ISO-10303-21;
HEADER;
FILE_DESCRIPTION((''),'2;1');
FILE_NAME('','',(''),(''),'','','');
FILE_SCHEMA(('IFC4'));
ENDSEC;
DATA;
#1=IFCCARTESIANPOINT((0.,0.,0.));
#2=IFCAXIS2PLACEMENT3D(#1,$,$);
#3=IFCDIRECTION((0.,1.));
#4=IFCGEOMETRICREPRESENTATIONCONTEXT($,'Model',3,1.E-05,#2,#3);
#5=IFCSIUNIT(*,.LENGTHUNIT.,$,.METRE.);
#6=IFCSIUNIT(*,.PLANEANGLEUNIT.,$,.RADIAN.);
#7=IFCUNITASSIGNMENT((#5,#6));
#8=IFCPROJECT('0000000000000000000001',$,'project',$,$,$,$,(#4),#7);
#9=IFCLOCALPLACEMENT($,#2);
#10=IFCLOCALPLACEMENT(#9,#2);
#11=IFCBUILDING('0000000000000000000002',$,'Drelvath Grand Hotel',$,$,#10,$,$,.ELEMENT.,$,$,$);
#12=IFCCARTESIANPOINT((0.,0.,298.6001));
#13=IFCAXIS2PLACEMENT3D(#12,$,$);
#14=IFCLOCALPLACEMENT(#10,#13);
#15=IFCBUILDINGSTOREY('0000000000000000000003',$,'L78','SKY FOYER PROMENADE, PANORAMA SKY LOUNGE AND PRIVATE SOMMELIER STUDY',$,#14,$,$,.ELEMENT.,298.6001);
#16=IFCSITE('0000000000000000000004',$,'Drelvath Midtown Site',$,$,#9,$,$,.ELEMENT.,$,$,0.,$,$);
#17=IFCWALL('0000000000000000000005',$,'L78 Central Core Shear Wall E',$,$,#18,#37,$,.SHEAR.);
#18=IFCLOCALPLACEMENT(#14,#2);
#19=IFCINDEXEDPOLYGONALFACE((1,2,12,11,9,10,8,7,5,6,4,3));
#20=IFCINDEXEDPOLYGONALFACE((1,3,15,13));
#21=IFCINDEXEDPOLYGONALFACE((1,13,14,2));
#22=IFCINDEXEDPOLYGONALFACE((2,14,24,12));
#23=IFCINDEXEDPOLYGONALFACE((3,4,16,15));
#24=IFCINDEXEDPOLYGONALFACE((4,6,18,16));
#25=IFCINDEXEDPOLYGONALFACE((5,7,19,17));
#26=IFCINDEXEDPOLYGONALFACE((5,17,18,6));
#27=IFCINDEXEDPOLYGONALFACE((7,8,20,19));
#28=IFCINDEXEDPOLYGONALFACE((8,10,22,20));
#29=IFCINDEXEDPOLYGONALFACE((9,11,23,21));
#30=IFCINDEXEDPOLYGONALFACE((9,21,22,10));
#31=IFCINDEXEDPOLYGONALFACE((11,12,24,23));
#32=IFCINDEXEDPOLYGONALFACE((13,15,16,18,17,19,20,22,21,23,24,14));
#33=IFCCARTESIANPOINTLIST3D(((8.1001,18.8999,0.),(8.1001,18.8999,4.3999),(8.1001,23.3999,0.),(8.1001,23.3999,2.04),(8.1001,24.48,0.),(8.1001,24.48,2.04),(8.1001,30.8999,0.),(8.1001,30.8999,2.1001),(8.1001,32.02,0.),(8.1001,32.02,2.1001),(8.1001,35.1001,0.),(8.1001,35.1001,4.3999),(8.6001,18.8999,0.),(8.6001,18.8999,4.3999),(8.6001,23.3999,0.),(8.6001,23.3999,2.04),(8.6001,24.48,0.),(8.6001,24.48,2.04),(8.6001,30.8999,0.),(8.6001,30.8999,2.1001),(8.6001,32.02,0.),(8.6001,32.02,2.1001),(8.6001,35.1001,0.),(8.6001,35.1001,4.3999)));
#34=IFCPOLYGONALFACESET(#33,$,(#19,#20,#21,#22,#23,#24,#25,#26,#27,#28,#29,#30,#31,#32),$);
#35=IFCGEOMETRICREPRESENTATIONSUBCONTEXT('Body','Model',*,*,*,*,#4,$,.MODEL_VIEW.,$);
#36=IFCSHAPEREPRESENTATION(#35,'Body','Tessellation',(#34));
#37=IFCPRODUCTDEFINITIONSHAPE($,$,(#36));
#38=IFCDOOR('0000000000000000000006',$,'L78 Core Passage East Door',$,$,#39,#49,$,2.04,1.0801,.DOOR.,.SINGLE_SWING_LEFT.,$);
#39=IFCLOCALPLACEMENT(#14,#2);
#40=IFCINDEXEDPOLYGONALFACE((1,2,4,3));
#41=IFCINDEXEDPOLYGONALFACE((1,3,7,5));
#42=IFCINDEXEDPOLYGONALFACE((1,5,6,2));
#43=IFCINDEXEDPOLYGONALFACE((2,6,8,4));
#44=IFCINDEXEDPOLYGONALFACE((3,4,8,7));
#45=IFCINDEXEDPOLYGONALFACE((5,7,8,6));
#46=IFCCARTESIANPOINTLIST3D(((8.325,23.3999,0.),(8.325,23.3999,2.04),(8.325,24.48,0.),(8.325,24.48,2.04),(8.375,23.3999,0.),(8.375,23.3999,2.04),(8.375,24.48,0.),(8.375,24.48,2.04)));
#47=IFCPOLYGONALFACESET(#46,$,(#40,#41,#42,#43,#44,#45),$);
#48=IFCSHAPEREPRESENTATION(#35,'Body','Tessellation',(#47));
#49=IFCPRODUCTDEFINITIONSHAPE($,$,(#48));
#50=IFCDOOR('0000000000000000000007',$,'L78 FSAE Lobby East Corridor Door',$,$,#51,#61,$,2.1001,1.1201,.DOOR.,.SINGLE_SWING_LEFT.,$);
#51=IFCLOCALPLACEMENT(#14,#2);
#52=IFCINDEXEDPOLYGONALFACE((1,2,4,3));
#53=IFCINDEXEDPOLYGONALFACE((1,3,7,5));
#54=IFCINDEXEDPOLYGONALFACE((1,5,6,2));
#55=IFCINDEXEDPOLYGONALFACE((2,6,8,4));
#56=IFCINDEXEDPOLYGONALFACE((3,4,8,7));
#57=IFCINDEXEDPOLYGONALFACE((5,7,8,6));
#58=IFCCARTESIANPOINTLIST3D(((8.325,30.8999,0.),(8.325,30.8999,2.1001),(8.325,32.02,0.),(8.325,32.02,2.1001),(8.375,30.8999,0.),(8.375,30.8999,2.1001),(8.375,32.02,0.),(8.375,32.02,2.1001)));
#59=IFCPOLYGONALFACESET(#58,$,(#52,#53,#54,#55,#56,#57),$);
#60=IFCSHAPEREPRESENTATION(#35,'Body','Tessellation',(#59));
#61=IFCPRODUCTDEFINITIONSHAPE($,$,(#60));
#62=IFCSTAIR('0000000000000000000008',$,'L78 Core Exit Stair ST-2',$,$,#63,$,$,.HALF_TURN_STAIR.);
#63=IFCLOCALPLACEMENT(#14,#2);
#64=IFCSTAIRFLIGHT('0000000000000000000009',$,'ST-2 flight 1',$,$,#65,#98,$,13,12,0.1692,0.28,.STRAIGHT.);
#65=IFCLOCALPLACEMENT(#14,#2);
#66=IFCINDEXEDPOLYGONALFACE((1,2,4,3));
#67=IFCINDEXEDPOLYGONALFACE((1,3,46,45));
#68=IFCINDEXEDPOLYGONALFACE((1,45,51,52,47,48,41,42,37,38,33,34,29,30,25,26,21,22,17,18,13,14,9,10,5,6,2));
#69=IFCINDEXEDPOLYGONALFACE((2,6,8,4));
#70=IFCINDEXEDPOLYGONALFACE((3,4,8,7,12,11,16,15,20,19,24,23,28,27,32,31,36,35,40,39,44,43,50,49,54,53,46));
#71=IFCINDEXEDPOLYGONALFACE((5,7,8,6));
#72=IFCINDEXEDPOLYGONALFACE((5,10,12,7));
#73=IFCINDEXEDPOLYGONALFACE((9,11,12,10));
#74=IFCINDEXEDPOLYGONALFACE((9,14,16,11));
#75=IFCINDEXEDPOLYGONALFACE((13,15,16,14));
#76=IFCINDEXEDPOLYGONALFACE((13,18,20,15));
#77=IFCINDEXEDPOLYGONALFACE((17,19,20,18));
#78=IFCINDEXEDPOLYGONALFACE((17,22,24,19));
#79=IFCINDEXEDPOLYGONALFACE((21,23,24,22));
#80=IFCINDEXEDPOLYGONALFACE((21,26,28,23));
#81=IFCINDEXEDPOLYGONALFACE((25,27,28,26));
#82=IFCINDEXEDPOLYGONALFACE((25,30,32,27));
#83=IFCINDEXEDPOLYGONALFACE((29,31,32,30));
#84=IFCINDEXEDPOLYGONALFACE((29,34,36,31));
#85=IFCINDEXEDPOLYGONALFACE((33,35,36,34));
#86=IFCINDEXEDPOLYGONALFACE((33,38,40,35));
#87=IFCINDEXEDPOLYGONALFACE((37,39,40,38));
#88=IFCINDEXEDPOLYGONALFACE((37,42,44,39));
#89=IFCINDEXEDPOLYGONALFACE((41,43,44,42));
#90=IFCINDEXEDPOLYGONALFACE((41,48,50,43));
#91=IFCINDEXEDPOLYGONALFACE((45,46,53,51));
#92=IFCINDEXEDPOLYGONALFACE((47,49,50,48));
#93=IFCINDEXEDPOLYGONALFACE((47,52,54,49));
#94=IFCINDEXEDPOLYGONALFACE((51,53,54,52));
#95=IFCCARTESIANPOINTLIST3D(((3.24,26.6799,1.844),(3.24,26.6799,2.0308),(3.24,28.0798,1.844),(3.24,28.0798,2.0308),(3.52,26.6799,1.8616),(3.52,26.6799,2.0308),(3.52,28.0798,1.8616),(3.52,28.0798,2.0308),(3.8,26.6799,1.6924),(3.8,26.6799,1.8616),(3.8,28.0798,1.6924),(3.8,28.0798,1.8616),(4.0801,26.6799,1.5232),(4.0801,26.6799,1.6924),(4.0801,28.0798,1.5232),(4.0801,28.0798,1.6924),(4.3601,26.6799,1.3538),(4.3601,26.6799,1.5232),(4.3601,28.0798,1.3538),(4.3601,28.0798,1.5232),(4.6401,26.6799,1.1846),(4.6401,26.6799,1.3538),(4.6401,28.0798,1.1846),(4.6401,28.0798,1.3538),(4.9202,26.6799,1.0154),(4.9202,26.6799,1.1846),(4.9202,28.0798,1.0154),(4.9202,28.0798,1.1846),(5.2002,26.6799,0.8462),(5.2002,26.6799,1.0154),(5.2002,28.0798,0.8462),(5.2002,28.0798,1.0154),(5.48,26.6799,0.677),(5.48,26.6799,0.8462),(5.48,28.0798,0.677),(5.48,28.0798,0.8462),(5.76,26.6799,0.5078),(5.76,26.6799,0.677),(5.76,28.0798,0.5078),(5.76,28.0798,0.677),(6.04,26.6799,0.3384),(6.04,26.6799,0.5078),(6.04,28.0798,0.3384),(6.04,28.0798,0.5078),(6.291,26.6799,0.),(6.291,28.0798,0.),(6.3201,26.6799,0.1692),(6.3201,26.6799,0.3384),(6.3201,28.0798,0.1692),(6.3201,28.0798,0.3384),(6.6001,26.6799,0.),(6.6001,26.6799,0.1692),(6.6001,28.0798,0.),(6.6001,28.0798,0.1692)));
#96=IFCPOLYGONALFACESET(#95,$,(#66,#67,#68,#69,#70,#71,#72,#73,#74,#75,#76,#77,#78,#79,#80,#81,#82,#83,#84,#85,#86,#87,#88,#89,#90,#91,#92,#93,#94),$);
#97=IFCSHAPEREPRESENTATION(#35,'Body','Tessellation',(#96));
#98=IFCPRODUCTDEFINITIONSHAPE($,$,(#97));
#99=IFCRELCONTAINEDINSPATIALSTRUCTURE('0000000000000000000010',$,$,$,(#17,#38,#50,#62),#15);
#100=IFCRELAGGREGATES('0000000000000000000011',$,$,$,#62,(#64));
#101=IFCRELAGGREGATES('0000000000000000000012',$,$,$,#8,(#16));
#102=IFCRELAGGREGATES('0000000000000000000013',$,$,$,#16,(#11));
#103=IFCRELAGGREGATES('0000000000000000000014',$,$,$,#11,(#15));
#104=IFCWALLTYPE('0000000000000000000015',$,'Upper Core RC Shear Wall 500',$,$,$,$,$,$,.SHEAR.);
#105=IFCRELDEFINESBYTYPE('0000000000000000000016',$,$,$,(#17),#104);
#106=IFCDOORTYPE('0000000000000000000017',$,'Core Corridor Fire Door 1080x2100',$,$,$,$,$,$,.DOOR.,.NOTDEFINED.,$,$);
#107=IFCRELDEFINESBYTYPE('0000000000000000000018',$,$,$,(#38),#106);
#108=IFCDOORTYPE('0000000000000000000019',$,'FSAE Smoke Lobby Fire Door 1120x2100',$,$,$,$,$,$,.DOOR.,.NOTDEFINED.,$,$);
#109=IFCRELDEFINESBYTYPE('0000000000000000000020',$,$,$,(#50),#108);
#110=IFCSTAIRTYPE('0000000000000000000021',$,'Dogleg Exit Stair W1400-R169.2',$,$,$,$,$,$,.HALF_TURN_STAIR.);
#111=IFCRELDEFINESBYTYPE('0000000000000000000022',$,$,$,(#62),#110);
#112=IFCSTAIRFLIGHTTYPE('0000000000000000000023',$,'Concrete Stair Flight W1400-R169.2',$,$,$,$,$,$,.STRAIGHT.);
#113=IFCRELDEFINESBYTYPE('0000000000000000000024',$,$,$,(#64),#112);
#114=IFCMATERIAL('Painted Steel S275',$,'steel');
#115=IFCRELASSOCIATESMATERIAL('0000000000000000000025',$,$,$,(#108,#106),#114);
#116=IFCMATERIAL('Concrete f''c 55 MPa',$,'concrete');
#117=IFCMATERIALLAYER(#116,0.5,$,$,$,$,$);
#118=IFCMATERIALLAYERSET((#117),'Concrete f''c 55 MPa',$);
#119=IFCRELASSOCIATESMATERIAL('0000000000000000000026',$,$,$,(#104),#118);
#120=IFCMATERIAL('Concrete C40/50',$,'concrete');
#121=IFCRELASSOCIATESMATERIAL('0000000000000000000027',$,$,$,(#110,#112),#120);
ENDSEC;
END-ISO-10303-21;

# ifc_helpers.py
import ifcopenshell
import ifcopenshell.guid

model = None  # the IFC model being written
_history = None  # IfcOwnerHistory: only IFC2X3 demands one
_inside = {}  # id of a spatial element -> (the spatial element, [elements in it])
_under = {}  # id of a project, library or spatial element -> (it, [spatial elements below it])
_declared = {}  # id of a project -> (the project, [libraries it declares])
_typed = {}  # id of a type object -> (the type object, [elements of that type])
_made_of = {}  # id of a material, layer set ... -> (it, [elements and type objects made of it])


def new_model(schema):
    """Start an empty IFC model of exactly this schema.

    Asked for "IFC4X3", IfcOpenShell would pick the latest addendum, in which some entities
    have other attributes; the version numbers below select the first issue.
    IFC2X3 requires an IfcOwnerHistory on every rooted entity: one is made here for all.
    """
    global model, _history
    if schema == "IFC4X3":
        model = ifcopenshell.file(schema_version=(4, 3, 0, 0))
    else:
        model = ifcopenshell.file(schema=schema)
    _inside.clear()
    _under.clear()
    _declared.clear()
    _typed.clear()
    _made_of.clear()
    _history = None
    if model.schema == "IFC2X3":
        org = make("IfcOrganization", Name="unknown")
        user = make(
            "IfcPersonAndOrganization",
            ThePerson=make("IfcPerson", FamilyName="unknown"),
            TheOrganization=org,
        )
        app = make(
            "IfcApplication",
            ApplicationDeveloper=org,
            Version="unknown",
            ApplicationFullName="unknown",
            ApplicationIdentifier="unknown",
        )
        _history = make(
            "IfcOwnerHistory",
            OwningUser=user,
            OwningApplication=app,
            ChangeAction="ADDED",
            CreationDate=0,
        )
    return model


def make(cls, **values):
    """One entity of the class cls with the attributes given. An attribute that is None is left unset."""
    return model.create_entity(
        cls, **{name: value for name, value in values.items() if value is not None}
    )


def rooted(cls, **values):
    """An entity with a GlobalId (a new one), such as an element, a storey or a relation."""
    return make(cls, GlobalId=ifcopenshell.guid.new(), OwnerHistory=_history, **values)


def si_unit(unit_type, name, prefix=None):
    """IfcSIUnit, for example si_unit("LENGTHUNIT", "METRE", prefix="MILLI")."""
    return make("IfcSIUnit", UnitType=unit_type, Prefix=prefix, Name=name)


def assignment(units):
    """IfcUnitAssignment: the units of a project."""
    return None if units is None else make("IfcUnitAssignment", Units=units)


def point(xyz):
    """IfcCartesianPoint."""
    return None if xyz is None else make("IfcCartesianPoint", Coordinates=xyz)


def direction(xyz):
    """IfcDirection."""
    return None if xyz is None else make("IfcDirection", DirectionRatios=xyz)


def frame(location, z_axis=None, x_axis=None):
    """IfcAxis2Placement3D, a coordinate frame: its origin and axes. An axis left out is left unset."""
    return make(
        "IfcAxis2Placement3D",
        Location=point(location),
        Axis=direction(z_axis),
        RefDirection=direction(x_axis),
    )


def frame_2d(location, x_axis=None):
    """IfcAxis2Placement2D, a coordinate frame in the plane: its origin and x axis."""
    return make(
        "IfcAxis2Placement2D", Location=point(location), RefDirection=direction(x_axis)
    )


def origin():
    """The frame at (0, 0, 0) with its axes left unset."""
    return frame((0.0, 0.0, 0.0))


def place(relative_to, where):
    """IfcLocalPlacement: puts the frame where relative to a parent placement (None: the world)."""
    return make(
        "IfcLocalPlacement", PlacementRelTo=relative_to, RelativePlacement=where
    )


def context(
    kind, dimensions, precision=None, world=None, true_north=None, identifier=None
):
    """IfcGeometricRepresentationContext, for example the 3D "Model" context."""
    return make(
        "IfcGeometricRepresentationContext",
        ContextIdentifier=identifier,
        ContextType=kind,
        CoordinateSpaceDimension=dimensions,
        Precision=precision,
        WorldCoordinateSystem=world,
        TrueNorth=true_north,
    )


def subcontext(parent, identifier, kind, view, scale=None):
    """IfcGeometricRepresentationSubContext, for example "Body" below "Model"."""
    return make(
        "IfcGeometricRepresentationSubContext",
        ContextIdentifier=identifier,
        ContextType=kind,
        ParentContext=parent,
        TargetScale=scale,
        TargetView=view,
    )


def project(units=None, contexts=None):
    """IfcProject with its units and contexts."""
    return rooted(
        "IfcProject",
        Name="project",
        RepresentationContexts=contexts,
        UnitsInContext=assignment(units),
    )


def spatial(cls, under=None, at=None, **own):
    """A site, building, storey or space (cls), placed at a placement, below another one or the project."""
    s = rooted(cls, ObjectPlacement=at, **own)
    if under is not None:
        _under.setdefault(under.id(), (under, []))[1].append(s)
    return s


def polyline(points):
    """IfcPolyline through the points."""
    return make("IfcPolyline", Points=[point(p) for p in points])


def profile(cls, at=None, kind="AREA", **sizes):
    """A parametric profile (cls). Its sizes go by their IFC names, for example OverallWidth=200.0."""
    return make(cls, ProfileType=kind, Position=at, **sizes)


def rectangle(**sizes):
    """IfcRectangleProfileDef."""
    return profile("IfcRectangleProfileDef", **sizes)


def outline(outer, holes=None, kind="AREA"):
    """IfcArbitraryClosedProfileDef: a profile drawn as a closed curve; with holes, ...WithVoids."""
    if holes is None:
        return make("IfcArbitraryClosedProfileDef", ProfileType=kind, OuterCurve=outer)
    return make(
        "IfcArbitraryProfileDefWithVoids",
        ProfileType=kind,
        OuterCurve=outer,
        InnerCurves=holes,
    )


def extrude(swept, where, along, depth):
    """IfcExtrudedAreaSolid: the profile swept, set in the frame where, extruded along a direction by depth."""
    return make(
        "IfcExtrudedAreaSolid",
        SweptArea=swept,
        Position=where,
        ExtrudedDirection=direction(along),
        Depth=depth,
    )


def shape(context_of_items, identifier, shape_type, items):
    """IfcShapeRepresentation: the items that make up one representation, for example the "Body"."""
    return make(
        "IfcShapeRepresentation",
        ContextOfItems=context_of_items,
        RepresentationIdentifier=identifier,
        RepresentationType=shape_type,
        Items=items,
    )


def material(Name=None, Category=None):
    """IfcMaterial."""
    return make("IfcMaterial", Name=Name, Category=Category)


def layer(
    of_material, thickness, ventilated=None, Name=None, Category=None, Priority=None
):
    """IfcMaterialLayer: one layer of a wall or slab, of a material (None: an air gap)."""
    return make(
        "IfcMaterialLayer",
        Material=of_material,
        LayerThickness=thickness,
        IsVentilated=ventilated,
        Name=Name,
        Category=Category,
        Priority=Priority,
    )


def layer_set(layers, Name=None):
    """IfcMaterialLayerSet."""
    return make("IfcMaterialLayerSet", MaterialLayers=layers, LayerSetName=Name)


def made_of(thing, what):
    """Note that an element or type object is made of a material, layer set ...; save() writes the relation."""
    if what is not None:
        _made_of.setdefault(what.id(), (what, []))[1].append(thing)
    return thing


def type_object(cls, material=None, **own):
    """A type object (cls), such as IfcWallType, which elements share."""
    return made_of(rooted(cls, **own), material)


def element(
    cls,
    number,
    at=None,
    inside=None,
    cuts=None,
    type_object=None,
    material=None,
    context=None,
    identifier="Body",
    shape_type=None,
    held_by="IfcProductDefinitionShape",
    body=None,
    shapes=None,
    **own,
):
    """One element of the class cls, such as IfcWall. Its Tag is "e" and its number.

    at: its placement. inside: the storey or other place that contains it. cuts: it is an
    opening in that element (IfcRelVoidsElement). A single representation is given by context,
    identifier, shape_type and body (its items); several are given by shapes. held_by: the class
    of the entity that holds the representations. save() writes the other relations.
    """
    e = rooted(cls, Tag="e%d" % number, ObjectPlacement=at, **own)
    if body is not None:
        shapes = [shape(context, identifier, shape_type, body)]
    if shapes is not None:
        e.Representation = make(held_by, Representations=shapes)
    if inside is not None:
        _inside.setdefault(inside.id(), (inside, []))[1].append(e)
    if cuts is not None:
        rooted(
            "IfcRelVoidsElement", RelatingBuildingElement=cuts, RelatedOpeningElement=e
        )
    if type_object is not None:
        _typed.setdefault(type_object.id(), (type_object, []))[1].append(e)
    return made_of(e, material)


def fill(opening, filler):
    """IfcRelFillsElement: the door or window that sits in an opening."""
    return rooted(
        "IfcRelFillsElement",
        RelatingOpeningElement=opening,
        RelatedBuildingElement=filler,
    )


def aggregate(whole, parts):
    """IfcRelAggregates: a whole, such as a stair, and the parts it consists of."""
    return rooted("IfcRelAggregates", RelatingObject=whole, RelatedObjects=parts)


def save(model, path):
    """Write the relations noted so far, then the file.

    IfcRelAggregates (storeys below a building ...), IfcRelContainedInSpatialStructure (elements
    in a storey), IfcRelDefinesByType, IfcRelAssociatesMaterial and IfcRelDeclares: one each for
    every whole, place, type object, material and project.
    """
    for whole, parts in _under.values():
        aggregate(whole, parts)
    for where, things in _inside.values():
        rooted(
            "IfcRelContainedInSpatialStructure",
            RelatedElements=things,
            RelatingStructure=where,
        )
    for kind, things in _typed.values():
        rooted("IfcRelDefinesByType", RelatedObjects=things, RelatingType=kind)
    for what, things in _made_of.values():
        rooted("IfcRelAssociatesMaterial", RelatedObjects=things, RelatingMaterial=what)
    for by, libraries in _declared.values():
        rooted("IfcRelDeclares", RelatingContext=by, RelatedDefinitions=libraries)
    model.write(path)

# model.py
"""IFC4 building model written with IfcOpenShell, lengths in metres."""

from ifc_helpers import new_model, si_unit, direction, frame, frame_2d, origin, place, context, subcontext, project, spatial, polyline, rectangle, outline, extrude, material, layer, layer_set, type_object, element, fill, aggregate, save


model = new_model("IFC4")

# Units and contexts
model_context = context("Model", 3, precision=1e-05, world=origin(), true_north=direction((0.0, 1.0)))
body_context = subcontext(model_context, "Body", "Model", "MODEL_VIEW")
ifc_project = project(units=[si_unit("LENGTHUNIT", "METRE"), si_unit("PLANEANGLEUNIT", "RADIAN")], contexts=[model_context])

# Site, building, storey
site_placement = place(None, origin())
site = spatial("IfcSite", under=ifc_project, at=site_placement, Name="Drelvath Midtown Site", CompositionType="ELEMENT", RefElevation=0.0)
building_placement = place(site_placement, origin())
building = spatial("IfcBuilding", under=site, at=building_placement, Name="Drelvath Grand Hotel", CompositionType="ELEMENT")
storey_placement = place(building_placement, frame((0.0, 0.0, 298.6001)))
storey = spatial("IfcBuildingStorey", under=building, at=storey_placement, Name="L78", Description="SKY FOYER PROMENADE, PANORAMA SKY LOUNGE AND PRIVATE SOMMELIER STUDY", CompositionType="ELEMENT", Elevation=298.6001)

# Shared definitions
ifc_material_1 = material(Name="Concrete f'c 55 MPa", Category="concrete")

# Shared definitions
ifc_material_2 = material(Name="Concrete C40/50", Category="concrete")

# Shared definitions
ifc_material_3 = material(Name="Painted Steel S275", Category="steel")

# Shared definitions
door_type_1 = type_object("IfcDoorType", Name="FSAE Smoke Lobby Fire Door 1120x2100", OperationType="NOTDEFINED", PredefinedType="DOOR", material=ifc_material_3)

# Wall, openings, doors
ifc_layer_1 = layer(ifc_material_1, 0.5)
ifc_layer_set_1 = layer_set([ifc_layer_1], Name="Concrete f'c 55 MPa")
wall_type_1 = type_object("IfcWallType", Name="Upper Core RC Shear Wall 500", PredefinedType="SHEAR", material=ifc_layer_set_1)
wall_1_placement = place(storey_placement, frame((8.3501, 35.1001, 0.0), z_axis=(0.0, 0.0, 1.0), x_axis=(0.0, -1.0, 0.0)))
wall_1 = element("IfcWall", 1, at=wall_1_placement, inside=storey, type_object=wall_type_1, Name="L78 Central Core Shear Wall E", PredefinedType="SHEAR", context=body_context, shape_type="SweptSolid", body=[
    extrude(rectangle(XDim=16.2002, YDim=0.5, at=frame_2d((8.1001, 0.0))), origin(), (0.0, 0.0, 1.0), 4.3999),
])
opening_1_placement = place(wall_1_placement, frame((3.0801, 0.0, 0.0)))
opening_1 = element("IfcOpeningElement", 2, at=opening_1_placement, cuts=wall_1, PredefinedType="OPENING", context=body_context, shape_type="SweptSolid", body=[
    extrude(rectangle(XDim=1.1201, YDim=2.1001, at=frame_2d((0.5601, 1.05))), frame((0.0, 0.26, 0.0), z_axis=(0.0, -1.0, 0.0), x_axis=(1.0, 0.0, 0.0)), (0.0, 0.0, 1.0), 0.52),
])
opening_2_placement = place(wall_1_placement, frame((10.6201, 0.0, 0.0)))
opening_2 = element("IfcOpeningElement", 3, at=opening_2_placement, cuts=wall_1, PredefinedType="OPENING", context=body_context, shape_type="SweptSolid", body=[
    extrude(rectangle(XDim=1.0801, YDim=2.04, at=frame_2d((0.54, 1.02))), frame((0.0, 0.26, 0.0), z_axis=(0.0, -1.0, 0.0), x_axis=(1.0, 0.0, 0.0)), (0.0, 0.0, 1.0), 0.52),
])
door_type_2 = type_object("IfcDoorType", Name="Core Corridor Fire Door 1080x2100", OperationType="NOTDEFINED", PredefinedType="DOOR", material=ifc_material_3)
door_1_placement = place(opening_2_placement, origin())
door_1 = element("IfcDoor", 4, at=door_1_placement, inside=storey, type_object=door_type_2, Name="L78 Core Passage East Door", OperationType="SINGLE_SWING_LEFT", OverallHeight=2.04, OverallWidth=1.0801, PredefinedType="DOOR", context=body_context, shape_type="SweptSolid", body=[
    extrude(rectangle(XDim=1.0801, YDim=2.04, at=frame_2d((0.54, 1.02))), frame((0.0, 0.0249, 0.0), z_axis=(0.0, -1.0, 0.0), x_axis=(1.0, 0.0, 0.0)), (0.0, 0.0, 1.0), 0.05),
])
fill(opening_2, door_1)
door_2_placement = place(opening_1_placement, origin())
door_2 = element("IfcDoor", 5, at=door_2_placement, inside=storey, type_object=door_type_1, Name="L78 FSAE Lobby East Corridor Door", OperationType="SINGLE_SWING_LEFT", OverallHeight=2.1001, OverallWidth=1.1201, PredefinedType="DOOR", context=body_context, shape_type="SweptSolid", body=[
    extrude(rectangle(XDim=1.1201, YDim=2.1001, at=frame_2d((0.5601, 1.05))), frame((0.0, 0.0249, 0.0), z_axis=(0.0, -1.0, 0.0), x_axis=(1.0, 0.0, 0.0)), (0.0, 0.0, 1.0), 0.05),
])
fill(opening_1, door_2)

# Stair, stair flight
stair_type = type_object("IfcStairType", Name="Dogleg Exit Stair W1400-R169.2", PredefinedType="HALF_TURN_STAIR", material=ifc_material_2)
stair_placement = place(storey_placement, origin())
stair = element("IfcStair", 6, at=stair_placement, inside=storey, type_object=stair_type, Name="L78 Core Exit Stair ST-2", PredefinedType="HALF_TURN_STAIR")
stair_flight_type = type_object("IfcStairFlightType", Name="Concrete Stair Flight W1400-R169.2", PredefinedType="STRAIGHT", material=ifc_material_2)
stair_flight_placement = place(storey_placement, frame((6.6001, 27.3799, 0.0), z_axis=(0.0, 0.0, 1.0), x_axis=(-1.0, 0.0, 0.0)))
stair_flight = element("IfcStairFlight", 7, at=stair_flight_placement, type_object=stair_flight_type, Name="ST-2 flight 1", NumberOfRisers=13, NumberOfTreads=12, PredefinedType="STRAIGHT", RiserHeight=0.1692, TreadLength=0.28, context=body_context, shape_type="SweptSolid", body=[
    extrude(outline(polyline([(0.0, 0.0), (0.0, 0.1692), (0.28, 0.1692), (0.28, 0.3384), (0.5601, 0.3384), (0.5601, 0.5078), (0.8401, 0.5078), (0.8401, 0.677), (1.1201, 0.677), (1.1201, 0.8462), (1.3999, 0.8462), (1.3999, 1.0154), (1.6799, 1.0154), (1.6799, 1.1846), (1.96, 1.1846), (1.96, 1.3538), (2.24, 1.3538), (2.24, 1.5232), (2.52, 1.5232), (2.52, 1.6924), (2.8, 1.6924), (2.8, 1.8616), (3.0801, 1.8616), (3.0801, 2.0308), (3.3601, 2.0308), (3.3601, 2.2), (3.3601, 1.844), (0.3091, 0.0), (0.0, 0.0)])), frame((0.0, 0.7, 0.0), z_axis=(0.0, -1.0, 0.0), x_axis=(1.0, 0.0, 0.0)), (0.0, 0.0, 1.0), 1.3999),
])
aggregate(stair, [stair_flight])

save(model, "model.ifc")
